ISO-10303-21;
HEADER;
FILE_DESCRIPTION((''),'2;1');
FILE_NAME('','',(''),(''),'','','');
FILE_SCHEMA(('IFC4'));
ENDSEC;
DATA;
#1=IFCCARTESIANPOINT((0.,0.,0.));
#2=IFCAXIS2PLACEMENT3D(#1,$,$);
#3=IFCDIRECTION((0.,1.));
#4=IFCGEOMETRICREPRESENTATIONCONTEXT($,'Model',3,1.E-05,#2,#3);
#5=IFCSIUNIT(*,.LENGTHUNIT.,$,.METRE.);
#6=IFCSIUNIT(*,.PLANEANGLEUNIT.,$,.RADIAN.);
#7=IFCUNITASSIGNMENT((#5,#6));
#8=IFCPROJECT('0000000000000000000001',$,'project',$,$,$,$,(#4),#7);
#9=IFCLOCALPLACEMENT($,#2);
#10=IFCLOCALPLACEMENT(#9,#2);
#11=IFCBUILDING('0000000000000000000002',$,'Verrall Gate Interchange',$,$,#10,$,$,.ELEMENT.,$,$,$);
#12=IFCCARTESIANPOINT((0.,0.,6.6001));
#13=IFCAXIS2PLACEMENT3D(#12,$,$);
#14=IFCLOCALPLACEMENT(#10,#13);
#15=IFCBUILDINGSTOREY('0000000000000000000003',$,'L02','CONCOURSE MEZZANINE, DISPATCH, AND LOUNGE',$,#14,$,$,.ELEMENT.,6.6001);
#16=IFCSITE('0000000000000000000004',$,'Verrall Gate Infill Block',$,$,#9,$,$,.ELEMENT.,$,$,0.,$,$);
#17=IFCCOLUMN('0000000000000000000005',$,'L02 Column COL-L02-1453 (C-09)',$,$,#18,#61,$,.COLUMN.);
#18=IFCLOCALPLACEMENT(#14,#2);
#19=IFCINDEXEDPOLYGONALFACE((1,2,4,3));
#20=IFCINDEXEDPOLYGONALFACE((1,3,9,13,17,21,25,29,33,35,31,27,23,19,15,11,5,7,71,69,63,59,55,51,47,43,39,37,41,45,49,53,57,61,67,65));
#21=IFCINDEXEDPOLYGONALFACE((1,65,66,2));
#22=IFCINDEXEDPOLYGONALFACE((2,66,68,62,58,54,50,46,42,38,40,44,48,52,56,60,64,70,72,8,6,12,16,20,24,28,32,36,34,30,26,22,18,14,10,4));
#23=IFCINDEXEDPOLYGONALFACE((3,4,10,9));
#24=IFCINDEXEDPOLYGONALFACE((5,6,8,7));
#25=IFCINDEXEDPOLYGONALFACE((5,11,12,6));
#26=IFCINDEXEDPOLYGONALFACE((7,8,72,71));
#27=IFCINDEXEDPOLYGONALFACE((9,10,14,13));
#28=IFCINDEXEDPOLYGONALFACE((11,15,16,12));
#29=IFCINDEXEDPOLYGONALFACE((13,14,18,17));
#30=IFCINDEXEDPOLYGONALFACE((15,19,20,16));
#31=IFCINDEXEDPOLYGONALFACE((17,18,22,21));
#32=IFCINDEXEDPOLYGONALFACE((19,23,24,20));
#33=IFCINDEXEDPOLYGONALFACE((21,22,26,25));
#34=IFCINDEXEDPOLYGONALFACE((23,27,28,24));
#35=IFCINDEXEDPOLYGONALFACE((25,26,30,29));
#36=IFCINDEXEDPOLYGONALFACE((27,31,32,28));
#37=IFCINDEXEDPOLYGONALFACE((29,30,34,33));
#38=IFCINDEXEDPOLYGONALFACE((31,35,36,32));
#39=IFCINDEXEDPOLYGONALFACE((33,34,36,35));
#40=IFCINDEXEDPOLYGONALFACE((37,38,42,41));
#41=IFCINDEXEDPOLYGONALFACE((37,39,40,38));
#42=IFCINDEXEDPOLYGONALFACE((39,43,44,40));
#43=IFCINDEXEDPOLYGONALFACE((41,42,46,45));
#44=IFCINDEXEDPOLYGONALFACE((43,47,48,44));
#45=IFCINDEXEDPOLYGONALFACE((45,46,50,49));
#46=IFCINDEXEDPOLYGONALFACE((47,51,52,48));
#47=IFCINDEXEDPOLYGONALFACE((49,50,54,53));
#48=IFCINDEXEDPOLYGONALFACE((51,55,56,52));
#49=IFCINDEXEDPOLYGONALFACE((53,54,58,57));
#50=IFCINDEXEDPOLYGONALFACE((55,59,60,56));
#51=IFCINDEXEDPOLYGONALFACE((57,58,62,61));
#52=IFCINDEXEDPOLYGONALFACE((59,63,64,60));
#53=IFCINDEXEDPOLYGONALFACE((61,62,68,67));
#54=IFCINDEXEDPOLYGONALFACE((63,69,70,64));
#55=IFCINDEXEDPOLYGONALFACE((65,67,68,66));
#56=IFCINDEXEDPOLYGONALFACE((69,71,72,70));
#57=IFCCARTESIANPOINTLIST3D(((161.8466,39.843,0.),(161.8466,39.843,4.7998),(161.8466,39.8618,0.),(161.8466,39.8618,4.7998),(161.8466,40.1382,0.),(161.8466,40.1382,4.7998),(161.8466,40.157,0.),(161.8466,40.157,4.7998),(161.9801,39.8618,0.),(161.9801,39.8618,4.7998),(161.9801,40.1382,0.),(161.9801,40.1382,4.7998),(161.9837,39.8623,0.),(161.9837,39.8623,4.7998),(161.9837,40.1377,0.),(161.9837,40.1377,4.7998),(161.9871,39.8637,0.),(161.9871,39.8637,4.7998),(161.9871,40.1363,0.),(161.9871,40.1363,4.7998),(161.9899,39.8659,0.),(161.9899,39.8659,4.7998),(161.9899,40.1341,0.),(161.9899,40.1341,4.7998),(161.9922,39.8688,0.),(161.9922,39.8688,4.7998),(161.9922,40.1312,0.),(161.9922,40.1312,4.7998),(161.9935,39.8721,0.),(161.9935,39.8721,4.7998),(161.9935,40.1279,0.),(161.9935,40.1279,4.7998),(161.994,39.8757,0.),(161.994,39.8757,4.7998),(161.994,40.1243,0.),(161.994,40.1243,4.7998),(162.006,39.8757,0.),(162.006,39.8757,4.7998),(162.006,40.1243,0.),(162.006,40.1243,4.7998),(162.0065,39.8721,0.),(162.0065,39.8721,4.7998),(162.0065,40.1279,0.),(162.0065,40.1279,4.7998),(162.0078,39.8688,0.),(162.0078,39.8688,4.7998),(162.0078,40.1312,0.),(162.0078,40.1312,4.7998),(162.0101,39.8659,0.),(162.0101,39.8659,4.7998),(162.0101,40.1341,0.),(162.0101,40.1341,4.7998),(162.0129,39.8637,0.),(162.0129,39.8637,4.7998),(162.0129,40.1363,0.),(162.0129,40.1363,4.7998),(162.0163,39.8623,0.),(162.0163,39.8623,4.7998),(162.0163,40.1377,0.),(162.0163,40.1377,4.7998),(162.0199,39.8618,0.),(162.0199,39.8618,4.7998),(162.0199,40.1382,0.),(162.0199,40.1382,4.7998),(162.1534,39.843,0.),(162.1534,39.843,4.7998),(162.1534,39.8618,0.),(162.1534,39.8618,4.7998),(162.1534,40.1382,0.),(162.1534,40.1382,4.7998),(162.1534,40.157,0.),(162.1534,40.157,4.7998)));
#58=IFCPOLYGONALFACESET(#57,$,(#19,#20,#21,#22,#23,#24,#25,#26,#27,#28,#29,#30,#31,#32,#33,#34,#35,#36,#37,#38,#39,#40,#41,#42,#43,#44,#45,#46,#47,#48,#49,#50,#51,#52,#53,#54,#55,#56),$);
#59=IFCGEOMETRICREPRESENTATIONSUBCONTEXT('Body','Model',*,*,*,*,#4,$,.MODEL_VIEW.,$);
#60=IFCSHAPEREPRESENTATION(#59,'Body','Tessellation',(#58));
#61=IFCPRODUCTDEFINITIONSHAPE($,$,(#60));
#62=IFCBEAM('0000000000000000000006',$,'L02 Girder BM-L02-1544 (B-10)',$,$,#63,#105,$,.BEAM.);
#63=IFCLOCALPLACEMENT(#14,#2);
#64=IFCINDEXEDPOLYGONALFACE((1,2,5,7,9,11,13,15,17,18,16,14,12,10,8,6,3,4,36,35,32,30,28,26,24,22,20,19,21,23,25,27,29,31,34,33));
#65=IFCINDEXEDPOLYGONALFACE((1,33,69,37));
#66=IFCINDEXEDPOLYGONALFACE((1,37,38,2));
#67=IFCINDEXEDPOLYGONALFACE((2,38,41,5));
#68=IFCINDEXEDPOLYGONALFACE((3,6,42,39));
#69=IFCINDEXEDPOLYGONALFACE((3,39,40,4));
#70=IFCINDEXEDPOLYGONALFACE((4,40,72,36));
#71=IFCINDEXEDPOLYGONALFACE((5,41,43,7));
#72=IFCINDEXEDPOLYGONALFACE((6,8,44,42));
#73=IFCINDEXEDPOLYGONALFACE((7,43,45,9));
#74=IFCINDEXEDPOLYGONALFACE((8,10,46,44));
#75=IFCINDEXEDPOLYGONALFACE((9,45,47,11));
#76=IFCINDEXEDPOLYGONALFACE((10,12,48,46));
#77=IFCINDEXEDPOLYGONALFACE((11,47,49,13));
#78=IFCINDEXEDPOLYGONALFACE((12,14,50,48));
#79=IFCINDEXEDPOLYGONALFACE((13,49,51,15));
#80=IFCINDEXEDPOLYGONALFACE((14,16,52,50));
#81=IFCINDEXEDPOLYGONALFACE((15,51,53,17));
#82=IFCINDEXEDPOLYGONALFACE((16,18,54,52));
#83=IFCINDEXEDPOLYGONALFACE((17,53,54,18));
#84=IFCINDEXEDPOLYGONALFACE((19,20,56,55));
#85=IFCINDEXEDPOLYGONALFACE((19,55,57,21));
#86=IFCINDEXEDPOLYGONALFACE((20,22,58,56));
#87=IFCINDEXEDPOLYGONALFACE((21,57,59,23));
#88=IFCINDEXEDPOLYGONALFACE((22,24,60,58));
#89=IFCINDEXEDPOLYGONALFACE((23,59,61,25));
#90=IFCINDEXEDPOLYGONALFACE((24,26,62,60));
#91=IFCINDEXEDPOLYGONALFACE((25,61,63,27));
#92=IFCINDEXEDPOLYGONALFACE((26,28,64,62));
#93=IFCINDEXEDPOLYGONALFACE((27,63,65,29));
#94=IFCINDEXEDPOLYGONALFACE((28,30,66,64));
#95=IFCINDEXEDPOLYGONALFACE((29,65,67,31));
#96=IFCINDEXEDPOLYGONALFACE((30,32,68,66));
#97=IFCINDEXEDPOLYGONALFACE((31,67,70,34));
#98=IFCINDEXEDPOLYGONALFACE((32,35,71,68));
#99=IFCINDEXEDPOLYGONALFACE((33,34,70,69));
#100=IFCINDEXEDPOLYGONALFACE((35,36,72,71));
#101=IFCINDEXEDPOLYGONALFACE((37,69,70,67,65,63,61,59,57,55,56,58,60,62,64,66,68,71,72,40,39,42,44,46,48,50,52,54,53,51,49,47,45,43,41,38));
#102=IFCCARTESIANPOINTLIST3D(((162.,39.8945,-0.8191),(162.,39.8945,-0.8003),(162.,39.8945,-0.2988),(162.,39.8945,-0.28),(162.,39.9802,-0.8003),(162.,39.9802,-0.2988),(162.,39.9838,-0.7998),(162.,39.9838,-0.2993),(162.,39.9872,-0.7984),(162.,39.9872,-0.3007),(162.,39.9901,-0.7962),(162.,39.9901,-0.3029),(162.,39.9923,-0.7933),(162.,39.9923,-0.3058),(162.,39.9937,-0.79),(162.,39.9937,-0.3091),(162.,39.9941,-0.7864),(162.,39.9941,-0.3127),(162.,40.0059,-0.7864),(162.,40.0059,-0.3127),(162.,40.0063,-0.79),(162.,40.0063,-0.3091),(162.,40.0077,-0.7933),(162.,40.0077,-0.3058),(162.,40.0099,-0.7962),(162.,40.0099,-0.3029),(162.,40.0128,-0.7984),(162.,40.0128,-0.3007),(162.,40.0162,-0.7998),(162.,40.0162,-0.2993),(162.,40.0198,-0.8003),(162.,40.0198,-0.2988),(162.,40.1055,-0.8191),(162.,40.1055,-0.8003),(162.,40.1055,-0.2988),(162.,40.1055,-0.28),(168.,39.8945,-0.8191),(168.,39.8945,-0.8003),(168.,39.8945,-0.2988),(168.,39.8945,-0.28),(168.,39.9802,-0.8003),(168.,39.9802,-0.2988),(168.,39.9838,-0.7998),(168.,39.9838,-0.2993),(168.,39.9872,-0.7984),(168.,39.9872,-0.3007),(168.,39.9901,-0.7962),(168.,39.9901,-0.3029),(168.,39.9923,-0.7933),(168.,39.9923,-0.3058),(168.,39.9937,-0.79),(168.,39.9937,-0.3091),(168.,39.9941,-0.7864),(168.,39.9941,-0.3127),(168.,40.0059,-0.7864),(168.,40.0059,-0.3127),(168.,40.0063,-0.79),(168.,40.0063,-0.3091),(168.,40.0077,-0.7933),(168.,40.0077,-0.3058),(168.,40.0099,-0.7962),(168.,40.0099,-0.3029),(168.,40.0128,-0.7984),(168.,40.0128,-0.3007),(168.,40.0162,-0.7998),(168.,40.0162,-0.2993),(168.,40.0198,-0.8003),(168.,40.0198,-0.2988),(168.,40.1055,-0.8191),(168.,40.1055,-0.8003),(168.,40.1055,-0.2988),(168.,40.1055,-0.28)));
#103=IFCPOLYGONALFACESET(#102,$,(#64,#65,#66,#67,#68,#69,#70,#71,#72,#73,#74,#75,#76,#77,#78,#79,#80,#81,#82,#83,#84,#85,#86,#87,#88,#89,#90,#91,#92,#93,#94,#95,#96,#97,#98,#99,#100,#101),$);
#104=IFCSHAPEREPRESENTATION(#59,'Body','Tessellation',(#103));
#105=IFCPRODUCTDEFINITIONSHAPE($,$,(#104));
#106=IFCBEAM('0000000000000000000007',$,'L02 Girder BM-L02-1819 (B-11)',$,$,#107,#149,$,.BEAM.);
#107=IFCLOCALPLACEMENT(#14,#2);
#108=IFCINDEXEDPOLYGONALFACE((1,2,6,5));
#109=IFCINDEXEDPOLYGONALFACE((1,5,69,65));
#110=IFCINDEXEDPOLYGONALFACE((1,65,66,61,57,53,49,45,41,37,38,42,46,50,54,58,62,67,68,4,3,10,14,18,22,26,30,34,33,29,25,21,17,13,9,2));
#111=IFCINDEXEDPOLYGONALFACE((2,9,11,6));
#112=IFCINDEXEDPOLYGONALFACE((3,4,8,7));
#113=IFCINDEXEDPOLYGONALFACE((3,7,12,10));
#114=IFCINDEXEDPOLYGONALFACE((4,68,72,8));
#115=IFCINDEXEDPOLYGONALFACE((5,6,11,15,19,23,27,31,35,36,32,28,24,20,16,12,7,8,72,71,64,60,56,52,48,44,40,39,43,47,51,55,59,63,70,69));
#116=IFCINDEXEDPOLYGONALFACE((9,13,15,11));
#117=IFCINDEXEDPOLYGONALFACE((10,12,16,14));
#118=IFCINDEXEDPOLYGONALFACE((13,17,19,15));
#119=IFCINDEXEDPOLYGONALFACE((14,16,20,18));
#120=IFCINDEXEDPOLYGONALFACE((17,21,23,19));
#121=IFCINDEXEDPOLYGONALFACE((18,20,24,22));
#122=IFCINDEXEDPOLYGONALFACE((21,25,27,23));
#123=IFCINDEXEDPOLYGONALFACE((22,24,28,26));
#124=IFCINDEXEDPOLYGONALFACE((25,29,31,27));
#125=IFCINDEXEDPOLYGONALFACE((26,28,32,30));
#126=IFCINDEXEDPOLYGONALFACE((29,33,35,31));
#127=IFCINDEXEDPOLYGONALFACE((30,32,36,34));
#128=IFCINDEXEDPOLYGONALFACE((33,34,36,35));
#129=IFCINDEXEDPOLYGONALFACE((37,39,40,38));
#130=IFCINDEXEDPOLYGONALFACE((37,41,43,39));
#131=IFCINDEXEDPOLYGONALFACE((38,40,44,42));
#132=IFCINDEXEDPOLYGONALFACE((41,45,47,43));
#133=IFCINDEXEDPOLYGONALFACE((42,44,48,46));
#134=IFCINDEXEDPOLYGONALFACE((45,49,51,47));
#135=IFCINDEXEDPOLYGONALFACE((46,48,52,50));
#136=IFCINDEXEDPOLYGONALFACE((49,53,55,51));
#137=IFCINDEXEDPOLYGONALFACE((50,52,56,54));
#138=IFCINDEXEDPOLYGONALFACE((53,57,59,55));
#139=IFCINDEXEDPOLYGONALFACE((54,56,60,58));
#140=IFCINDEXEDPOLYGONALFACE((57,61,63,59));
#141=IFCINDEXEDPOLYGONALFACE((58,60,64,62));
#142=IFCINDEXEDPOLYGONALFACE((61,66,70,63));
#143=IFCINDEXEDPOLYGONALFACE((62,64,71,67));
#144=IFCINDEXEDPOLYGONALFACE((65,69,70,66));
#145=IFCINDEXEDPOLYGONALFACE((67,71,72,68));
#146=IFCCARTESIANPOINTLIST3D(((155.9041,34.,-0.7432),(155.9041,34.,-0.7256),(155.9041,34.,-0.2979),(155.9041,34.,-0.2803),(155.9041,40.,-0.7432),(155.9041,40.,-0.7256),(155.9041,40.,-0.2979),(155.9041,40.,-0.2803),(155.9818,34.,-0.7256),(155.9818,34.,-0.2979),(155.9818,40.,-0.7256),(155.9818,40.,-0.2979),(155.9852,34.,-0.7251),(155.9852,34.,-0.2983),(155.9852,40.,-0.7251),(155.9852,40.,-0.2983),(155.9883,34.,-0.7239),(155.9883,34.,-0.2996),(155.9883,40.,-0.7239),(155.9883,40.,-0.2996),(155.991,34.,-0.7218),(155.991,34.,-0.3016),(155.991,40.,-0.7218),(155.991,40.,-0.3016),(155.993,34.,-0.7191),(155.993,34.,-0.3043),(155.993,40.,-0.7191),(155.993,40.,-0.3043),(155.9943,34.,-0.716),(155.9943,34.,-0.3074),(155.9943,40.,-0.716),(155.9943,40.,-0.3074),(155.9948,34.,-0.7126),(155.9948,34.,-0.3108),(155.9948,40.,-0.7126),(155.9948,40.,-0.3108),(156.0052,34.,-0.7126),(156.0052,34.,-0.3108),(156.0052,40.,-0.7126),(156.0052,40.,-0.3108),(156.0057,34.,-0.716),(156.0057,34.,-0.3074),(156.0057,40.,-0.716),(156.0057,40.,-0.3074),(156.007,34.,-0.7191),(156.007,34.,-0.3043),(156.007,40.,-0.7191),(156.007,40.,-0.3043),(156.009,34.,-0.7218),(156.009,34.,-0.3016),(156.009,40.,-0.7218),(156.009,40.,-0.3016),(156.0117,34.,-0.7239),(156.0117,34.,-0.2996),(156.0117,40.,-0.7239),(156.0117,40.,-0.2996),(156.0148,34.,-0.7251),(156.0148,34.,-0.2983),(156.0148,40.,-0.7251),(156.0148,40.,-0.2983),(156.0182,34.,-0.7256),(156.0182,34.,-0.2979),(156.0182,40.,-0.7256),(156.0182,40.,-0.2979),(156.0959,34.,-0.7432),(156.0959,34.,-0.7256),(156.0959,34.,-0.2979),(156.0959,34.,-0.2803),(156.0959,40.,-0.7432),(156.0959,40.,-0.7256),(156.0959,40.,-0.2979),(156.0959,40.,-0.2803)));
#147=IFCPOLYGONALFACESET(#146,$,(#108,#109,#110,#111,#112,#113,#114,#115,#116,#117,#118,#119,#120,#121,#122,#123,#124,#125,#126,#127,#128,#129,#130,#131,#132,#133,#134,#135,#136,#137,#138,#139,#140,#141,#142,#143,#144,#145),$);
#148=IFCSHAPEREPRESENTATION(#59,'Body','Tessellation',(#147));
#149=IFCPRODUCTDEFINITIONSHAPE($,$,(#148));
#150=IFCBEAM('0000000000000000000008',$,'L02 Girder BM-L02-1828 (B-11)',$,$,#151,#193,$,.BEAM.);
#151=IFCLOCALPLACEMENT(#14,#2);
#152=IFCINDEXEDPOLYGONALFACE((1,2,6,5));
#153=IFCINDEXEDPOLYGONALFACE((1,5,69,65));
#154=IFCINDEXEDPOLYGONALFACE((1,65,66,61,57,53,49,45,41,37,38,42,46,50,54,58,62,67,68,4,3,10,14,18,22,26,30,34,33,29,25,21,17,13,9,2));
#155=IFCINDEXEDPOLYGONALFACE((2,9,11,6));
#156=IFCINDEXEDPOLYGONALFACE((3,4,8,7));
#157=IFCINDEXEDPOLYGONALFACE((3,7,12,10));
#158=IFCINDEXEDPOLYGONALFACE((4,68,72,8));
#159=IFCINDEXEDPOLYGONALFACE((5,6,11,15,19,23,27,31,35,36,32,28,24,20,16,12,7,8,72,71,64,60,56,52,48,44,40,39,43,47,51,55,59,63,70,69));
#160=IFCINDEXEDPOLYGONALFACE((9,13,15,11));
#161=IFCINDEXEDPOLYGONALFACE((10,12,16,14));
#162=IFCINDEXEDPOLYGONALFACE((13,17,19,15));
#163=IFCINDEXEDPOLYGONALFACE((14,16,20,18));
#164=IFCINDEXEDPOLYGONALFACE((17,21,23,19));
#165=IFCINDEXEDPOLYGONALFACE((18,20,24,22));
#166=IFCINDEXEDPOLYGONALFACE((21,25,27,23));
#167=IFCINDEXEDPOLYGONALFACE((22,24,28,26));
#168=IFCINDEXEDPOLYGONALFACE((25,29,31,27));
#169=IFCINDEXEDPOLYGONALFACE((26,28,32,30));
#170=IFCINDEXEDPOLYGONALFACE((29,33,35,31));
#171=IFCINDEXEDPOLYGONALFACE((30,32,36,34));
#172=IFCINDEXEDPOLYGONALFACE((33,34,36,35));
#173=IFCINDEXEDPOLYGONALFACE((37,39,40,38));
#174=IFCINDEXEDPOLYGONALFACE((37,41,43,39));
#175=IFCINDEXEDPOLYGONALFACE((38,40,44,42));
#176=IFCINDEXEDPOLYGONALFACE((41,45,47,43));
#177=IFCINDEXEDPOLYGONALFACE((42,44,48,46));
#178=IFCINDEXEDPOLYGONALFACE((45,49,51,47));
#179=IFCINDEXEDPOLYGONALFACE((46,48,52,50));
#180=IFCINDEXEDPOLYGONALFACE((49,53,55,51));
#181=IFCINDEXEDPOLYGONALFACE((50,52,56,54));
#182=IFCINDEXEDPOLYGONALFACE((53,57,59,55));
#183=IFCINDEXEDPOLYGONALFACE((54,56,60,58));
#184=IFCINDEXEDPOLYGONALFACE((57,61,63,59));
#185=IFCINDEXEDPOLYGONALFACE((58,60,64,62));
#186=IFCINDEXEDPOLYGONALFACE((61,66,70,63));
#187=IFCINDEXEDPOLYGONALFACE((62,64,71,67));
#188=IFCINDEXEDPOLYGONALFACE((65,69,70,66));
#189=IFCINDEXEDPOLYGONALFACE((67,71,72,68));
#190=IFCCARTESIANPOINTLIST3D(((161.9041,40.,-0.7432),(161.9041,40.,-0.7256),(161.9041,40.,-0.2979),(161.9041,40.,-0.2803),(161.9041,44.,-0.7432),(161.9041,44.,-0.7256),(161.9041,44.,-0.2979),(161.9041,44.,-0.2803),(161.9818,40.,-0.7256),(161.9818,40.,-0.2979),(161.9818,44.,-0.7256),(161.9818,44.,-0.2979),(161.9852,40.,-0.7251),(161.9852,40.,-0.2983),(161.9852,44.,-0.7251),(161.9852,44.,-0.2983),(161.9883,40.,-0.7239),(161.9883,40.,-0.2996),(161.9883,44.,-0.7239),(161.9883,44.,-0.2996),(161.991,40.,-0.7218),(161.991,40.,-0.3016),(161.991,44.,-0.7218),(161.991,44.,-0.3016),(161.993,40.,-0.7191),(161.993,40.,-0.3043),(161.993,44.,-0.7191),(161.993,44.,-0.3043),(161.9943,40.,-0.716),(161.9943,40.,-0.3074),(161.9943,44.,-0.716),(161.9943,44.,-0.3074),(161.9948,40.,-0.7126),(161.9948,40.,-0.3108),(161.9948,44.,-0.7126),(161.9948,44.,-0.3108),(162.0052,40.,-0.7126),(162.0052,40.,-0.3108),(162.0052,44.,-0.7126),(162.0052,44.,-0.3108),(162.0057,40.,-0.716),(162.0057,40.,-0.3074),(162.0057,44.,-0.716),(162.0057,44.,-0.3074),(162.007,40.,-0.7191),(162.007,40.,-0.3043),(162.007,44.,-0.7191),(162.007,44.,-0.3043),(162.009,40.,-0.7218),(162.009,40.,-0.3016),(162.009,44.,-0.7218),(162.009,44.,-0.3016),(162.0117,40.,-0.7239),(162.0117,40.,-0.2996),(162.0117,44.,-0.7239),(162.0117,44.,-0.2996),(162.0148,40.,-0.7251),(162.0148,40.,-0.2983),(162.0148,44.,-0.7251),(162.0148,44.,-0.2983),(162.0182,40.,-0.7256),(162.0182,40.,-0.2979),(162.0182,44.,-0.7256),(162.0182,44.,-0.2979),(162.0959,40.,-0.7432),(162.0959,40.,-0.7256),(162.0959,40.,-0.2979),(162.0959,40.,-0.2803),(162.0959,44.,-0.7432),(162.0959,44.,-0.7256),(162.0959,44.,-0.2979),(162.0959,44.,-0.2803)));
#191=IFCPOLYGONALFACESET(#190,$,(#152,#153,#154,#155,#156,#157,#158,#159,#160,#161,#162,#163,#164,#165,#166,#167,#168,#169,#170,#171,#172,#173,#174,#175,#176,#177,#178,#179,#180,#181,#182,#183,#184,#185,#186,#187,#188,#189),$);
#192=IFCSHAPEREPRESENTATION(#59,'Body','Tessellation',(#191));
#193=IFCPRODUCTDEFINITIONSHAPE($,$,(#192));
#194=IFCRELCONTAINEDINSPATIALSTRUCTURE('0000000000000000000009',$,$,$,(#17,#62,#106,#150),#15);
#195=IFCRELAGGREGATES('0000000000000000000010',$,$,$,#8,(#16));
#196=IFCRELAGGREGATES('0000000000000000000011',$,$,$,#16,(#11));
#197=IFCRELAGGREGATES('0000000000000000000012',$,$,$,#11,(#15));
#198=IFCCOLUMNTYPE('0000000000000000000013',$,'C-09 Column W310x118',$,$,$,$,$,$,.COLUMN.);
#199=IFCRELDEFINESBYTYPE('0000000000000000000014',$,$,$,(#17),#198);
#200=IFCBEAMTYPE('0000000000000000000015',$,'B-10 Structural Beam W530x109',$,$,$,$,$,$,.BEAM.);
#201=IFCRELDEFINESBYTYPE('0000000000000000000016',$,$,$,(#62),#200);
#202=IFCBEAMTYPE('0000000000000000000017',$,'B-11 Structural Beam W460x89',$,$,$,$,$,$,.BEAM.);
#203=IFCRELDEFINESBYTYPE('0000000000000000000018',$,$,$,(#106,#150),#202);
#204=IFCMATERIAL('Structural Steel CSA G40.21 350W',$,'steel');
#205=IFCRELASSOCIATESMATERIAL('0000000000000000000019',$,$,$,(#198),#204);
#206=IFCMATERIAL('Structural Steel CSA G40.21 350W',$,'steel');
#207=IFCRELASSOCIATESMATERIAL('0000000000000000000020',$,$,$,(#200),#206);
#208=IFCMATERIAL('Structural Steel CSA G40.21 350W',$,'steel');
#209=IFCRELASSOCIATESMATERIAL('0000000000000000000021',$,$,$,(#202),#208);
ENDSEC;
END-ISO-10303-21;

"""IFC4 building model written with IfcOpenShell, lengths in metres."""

from ifc_helpers import new_model, si_unit, direction, frame, origin, origin_2d, place, context, subcontext, project, spatial, i_section, extrude, material, material_profile, profile_set, type_object, element, save


model = new_model("IFC4")

# Units and contexts
model_context = context("Model", 3, precision=1e-05, world=origin(), true_north=direction((0.0, 1.0)))
body_context = subcontext(model_context, "Body", "Model", "MODEL_VIEW")
ifc_project = project(units=[si_unit("LENGTHUNIT", "METRE"), si_unit("PLANEANGLEUNIT", "RADIAN")], contexts=[model_context])

# Site, building, storey
site_placement = place(None, origin())
site = spatial("IfcSite", under=ifc_project, at=site_placement, Name="Verrall Gate Infill Block", CompositionType="ELEMENT", RefElevation=0.0)
building_placement = place(site_placement, origin())
building = spatial("IfcBuilding", under=site, at=building_placement, Name="Verrall Gate Interchange", CompositionType="ELEMENT")
storey_placement = place(building_placement, frame((0.0, 0.0, 6.6001)))
storey = spatial("IfcBuildingStorey", under=building, at=storey_placement, Name="L02", Description="CONCOURSE MEZZANINE, DISPATCH, AND LOUNGE", CompositionType="ELEMENT", Elevation=6.6001)

# Column
ifc_material_1 = material(Name="Structural Steel CSA G40.21 350W", Category="steel")
ifc_material_profile_1 = material_profile(ifc_material_1, i_section(OverallWidth=0.3069, OverallDepth=0.314, WebThickness=0.012, FlangeThickness=0.0188, FilletRadius=0.0139, at=origin_2d()), Name="W310x118")
ifc_profile_set_1 = profile_set([ifc_material_profile_1], Name="Structural Steel CSA G40.21 350W")
column_type_1 = type_object("IfcColumnType", Name="C-09 Column W310x118", PredefinedType="COLUMN", material=ifc_profile_set_1)
for number, where, z_axis, x_axis, name in (
    (1, (162.0, 40.0, 0.0), (0.0, 0.0, 1.0), (1.0, 0.0, 0.0), "L02 Column COL-L02-1453 (C-09)"),
):
    element("IfcColumn", number, at=place(storey_placement, frame(where, z_axis=z_axis, x_axis=x_axis)), inside=storey, type_object=column_type_1, Name=name, PredefinedType="COLUMN", context=body_context, shape_type="SweptSolid", body=[
        extrude(i_section(OverallWidth=0.3069, OverallDepth=0.314, WebThickness=0.012, FlangeThickness=0.0188, FilletRadius=0.0139, at=origin_2d()), origin(), (0.0, 0.0, 1.0), 4.7998),
    ])

# Beams
ifc_material_2 = material(Name="Structural Steel CSA G40.21 350W", Category="steel")
ifc_material_profile_2 = material_profile(ifc_material_2, i_section(OverallWidth=0.2109, OverallDepth=0.5391, WebThickness=0.0117, FlangeThickness=0.0188, FilletRadius=0.0139, at=origin_2d()), Name="W530x109")
ifc_profile_set_2 = profile_set([ifc_material_profile_2], Name="Structural Steel CSA G40.21 350W")
beam_type_1 = type_object("IfcBeamType", Name="B-10 Structural Beam W530x109", PredefinedType="BEAM", material=ifc_profile_set_2)
beam_1_placement = place(storey_placement, frame((162.0, 40.0, -0.5496), z_axis=(1.0, 0.0, 0.0), x_axis=(0.0, 1.0, 0.0)))
element("IfcBeam", 2, at=beam_1_placement, inside=storey, type_object=beam_type_1, Name="L02 Girder BM-L02-1544 (B-10)", PredefinedType="BEAM", context=body_context, shape_type="SweptSolid", body=[
    extrude(i_section(OverallWidth=0.2109, OverallDepth=0.5391, WebThickness=0.0117, FlangeThickness=0.0188, FilletRadius=0.0139, at=origin_2d()), origin(), (0.0, 0.0, 1.0), 6.0),
])
ifc_material_3 = material(Name="Structural Steel CSA G40.21 350W", Category="steel")
ifc_material_profile_3 = material_profile(ifc_material_3, i_section(OverallWidth=0.1919, OverallDepth=0.4629, WebThickness=0.0105, FlangeThickness=0.0176, FilletRadius=0.0129, at=origin_2d()), Name="W460x89")
ifc_profile_set_3 = profile_set([ifc_material_profile_3], Name="Structural Steel CSA G40.21 350W")
beam_type_2 = type_object("IfcBeamType", Name="B-11 Structural Beam W460x89", PredefinedType="BEAM", material=ifc_profile_set_3)
beam_2_placement = place(storey_placement, frame((156.0, 34.0, -0.5117), z_axis=(0.0, 1.0, 0.0), x_axis=(-1.0, 0.0, 0.0)))
element("IfcBeam", 3, at=beam_2_placement, inside=storey, type_object=beam_type_2, Name="L02 Girder BM-L02-1819 (B-11)", PredefinedType="BEAM", context=body_context, shape_type="SweptSolid", body=[
    extrude(i_section(OverallWidth=0.1919, OverallDepth=0.4629, WebThickness=0.0105, FlangeThickness=0.0176, FilletRadius=0.0129, at=origin_2d()), origin(), (0.0, 0.0, 1.0), 6.0),
])
beam_3_placement = place(storey_placement, frame((162.0, 40.0, -0.5117), z_axis=(0.0, 1.0, 0.0), x_axis=(-1.0, 0.0, 0.0)))
element("IfcBeam", 4, at=beam_3_placement, inside=storey, type_object=beam_type_2, Name="L02 Girder BM-L02-1828 (B-11)", PredefinedType="BEAM", context=body_context, shape_type="SweptSolid", body=[
    extrude(i_section(OverallWidth=0.1919, OverallDepth=0.4629, WebThickness=0.0105, FlangeThickness=0.0176, FilletRadius=0.0129, at=origin_2d()), origin(), (0.0, 0.0, 1.0), 4.0),
])

save(model, "model.ifc")
